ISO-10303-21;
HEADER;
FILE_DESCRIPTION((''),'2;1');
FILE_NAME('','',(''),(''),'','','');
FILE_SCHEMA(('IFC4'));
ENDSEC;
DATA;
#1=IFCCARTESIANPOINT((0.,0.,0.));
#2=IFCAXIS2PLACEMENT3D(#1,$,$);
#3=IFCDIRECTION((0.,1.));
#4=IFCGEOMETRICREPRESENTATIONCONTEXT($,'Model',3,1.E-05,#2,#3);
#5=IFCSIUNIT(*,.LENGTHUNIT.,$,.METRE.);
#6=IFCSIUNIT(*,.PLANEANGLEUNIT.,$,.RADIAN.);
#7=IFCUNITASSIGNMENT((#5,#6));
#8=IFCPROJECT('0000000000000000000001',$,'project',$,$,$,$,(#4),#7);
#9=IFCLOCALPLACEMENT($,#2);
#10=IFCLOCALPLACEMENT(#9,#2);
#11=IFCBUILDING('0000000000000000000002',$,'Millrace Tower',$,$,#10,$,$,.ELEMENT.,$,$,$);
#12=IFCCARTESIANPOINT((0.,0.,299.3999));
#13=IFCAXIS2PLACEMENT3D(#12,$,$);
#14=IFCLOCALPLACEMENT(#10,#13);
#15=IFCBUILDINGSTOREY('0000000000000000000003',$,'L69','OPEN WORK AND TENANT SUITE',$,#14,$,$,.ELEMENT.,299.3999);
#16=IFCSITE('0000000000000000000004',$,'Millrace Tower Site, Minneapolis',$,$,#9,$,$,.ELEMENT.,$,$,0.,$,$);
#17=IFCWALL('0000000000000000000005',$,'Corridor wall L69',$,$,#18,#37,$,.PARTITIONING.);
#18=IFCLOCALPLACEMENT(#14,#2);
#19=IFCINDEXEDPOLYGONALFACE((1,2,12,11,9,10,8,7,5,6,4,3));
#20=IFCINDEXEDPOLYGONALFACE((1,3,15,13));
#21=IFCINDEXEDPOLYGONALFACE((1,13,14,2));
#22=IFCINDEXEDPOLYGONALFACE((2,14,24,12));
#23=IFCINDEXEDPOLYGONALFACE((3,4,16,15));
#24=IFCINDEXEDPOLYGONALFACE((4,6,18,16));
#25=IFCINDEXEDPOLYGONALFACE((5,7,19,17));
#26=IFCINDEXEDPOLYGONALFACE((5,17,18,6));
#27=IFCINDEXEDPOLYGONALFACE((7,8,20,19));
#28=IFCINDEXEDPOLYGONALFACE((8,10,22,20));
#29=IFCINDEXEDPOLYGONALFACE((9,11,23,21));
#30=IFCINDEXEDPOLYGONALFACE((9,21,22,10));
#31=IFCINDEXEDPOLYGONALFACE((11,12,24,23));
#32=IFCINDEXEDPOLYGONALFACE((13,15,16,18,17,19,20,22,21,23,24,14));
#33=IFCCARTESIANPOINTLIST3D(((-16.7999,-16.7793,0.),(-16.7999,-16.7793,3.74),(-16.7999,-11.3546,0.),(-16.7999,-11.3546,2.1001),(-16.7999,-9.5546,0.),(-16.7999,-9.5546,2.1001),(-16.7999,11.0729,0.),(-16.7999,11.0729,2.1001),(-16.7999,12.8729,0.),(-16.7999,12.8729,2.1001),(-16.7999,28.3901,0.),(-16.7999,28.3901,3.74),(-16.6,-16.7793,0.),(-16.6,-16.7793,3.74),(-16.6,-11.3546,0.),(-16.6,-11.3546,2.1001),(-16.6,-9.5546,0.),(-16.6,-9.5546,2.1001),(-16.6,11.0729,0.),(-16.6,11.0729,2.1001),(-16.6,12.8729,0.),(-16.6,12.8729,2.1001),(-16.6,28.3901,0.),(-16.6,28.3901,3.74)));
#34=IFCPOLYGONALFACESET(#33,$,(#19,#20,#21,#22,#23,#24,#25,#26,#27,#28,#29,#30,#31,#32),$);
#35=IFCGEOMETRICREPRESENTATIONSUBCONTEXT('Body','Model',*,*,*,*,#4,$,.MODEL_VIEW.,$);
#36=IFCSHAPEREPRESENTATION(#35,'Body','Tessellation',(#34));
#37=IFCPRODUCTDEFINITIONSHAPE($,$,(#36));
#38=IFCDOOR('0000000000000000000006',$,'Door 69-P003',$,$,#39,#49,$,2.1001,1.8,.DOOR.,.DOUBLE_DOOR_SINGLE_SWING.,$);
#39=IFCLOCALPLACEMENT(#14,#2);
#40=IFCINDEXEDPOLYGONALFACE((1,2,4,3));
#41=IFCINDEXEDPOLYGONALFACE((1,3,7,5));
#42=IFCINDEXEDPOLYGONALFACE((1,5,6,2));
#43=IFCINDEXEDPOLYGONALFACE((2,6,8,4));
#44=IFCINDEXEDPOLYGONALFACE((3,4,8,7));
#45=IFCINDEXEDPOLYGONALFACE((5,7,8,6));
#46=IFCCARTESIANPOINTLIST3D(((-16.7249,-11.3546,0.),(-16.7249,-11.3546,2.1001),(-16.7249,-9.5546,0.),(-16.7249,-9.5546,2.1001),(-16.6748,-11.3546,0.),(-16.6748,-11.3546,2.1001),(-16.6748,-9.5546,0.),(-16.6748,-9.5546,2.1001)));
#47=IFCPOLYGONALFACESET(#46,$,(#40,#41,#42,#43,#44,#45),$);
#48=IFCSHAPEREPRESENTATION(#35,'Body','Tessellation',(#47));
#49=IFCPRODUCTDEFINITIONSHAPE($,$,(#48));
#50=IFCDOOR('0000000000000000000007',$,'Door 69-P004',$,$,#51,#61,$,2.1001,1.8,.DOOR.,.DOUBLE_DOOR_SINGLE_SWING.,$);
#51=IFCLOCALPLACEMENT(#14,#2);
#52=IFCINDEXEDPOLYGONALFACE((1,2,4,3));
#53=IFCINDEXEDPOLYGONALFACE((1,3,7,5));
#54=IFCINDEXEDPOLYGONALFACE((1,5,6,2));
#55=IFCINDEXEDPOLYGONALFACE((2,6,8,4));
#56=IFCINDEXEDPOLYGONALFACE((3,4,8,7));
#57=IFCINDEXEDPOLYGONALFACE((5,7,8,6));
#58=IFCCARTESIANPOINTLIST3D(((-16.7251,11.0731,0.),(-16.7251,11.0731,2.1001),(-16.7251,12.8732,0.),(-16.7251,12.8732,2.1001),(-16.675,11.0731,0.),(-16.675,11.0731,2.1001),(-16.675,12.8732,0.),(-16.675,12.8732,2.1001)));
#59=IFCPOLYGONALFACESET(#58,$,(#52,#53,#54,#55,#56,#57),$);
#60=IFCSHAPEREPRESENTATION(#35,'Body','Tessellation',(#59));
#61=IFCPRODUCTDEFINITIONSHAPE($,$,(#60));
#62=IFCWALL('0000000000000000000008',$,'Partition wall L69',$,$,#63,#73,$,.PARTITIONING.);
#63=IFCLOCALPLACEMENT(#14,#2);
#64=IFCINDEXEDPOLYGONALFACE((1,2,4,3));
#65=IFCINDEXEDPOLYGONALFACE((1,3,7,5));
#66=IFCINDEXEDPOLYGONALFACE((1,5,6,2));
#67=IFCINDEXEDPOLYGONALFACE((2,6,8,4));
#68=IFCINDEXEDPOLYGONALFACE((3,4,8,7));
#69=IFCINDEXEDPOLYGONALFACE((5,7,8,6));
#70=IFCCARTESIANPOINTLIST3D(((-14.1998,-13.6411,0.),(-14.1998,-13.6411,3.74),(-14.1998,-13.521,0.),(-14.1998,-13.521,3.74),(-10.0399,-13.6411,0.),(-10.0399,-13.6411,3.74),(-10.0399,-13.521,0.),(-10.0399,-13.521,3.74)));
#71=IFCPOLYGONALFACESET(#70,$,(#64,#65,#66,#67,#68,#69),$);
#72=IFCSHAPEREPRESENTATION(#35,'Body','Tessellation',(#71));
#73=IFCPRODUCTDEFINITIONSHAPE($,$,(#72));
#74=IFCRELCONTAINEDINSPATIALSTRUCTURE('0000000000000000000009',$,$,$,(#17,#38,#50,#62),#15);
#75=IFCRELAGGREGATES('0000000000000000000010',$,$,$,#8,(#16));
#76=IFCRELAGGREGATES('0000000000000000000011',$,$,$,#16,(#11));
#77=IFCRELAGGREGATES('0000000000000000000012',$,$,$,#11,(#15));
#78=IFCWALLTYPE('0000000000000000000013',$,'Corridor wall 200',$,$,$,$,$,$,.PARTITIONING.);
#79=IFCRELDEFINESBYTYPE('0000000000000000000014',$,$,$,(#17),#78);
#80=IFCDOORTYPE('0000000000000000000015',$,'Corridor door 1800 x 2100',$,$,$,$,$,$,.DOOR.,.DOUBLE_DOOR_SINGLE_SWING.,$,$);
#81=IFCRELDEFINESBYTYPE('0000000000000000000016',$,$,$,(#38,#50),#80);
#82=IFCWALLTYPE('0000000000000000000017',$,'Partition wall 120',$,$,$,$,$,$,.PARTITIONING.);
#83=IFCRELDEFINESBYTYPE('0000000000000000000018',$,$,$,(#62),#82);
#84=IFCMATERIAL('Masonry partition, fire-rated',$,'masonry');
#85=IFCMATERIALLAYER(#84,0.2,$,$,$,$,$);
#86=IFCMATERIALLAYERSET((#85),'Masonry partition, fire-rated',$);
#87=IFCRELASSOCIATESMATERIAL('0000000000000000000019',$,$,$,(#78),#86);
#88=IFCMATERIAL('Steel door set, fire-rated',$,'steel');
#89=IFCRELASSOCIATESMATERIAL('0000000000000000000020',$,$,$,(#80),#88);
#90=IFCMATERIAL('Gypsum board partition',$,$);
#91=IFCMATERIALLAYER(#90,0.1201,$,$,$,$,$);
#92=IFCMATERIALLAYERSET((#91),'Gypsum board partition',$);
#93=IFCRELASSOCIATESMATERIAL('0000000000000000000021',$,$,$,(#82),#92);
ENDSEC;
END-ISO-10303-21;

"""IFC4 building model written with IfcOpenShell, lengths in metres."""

from ifc_helpers import new_model, si_unit, direction, frame, frame_2d, origin, place, context, subcontext, project, spatial, rectangle, extrude, material, layer, layer_set, type_object, element, fill, save


model = new_model("IFC4")

# Units and contexts
model_context = context("Model", 3, precision=1e-05, world=origin(), true_north=direction((0.0, 1.0)))
body_context = subcontext(model_context, "Body", "Model", "MODEL_VIEW")
ifc_project = project(units=[si_unit("LENGTHUNIT", "METRE"), si_unit("PLANEANGLEUNIT", "RADIAN")], contexts=[model_context])

# Site, building, storey
site_placement = place(None, origin())
site = spatial("IfcSite", under=ifc_project, at=site_placement, Name="Millrace Tower Site, Minneapolis", CompositionType="ELEMENT", RefElevation=0.0)
building_placement = place(site_placement, origin())
building = spatial("IfcBuilding", under=site, at=building_placement, Name="Millrace Tower", CompositionType="ELEMENT")
storey_placement = place(building_placement, frame((0.0, 0.0, 299.3999)))
storey = spatial("IfcBuildingStorey", under=building, at=storey_placement, Name="L69", Description="OPEN WORK AND TENANT SUITE", CompositionType="ELEMENT", Elevation=299.3999)

# Shared definitions
ifc_material_1 = material(Name="Masonry partition, fire-rated", Category="masonry")
ifc_layer_1 = layer(ifc_material_1, 0.2)
ifc_layer_set_1 = layer_set([ifc_layer_1], Name="Masonry partition, fire-rated")
wall_type_1 = type_object("IfcWallType", Name="Corridor wall 200", PredefinedType="PARTITIONING", material=ifc_layer_set_1)

# Wall, openings, doors
ifc_material_2 = material(Name="Steel door set, fire-rated", Category="steel")
door_type_1 = type_object("IfcDoorType", Name="Corridor door 1800 x 2100", OperationType="DOUBLE_DOOR_SINGLE_SWING", PredefinedType="DOOR", material=ifc_material_2)
wall_1_placement = place(storey_placement, frame((-16.7, -16.7793, 0.0), z_axis=(0.0, 0.0, 1.0), x_axis=(0.0, 1.0, 0.0)))
wall_1 = element("IfcWall", 1, at=wall_1_placement, inside=storey, type_object=wall_type_1, Name="Corridor wall L69", PredefinedType="PARTITIONING", context=body_context, shape_type="SweptSolid", body=[
    extrude(rectangle(XDim=45.1694, YDim=0.2, at=frame_2d((22.5847, 0.0))), origin(), (0.0, 0.0, 1.0), 3.74),
])
opening_1_placement = place(wall_1_placement, frame((5.4248, 0.0, 0.0)))
opening_1 = element("IfcOpeningElement", 2, at=opening_1_placement, cuts=wall_1, PredefinedType="OPENING", context=body_context, shape_type="SweptSolid", body=[
    extrude(rectangle(XDim=1.8, YDim=2.1001, at=frame_2d((0.8999, 1.05))), frame((0.0, 0.1099, 0.0), z_axis=(0.0, -1.0, 0.0), x_axis=(1.0, 0.0, 0.0)), (0.0, 0.0, 1.0), 0.22),
])
opening_2_placement = place(wall_1_placement, frame((27.8523, 0.0, 0.0)))
opening_2 = element("IfcOpeningElement", 3, at=opening_2_placement, cuts=wall_1, PredefinedType="OPENING", context=body_context, shape_type="SweptSolid", body=[
    extrude(rectangle(XDim=1.8, YDim=2.1001, at=frame_2d((0.8999, 1.05))), frame((0.0, 0.1099, 0.0), z_axis=(0.0, -1.0, 0.0), x_axis=(1.0, 0.0, 0.0)), (0.0, 0.0, 1.0), 0.22),
])
door_1_placement = place(opening_1_placement, origin())
door_1 = element("IfcDoor", 4, at=door_1_placement, inside=storey, type_object=door_type_1, Name="Door 69-P003", OperationType="DOUBLE_DOOR_SINGLE_SWING", OverallHeight=2.1001, OverallWidth=1.8, PredefinedType="DOOR", context=body_context, shape_type="SweptSolid", body=[
    extrude(rectangle(XDim=1.8, YDim=2.1001, at=frame_2d((0.8999, 1.05))), frame((0.0, 0.0249, 0.0), z_axis=(0.0, -1.0, 0.0), x_axis=(1.0, 0.0, 0.0)), (0.0, 0.0, 1.0), 0.05),
])
fill(opening_1, door_1)
door_2_placement = place(opening_2_placement, frame((1.8, 0.0, 0.0), z_axis=(0.0, 0.0, 1.0), x_axis=(-1.0, 0.0, 0.0)))
door_2 = element("IfcDoor", 5, at=door_2_placement, inside=storey, type_object=door_type_1, Name="Door 69-P004", OperationType="DOUBLE_DOOR_SINGLE_SWING", OverallHeight=2.1001, OverallWidth=1.8, PredefinedType="DOOR", context=body_context, shape_type="SweptSolid", body=[
    extrude(rectangle(XDim=1.8, YDim=2.1001, at=frame_2d((0.8999, 1.05))), frame((0.0, 0.0249, 0.0), z_axis=(0.0, -1.0, 0.0), x_axis=(1.0, 0.0, 0.0)), (0.0, 0.0, 1.0), 0.05),
])
fill(opening_2, door_2)

# Wall
ifc_material_3 = material(Name="Gypsum board partition")
ifc_layer_2 = layer(ifc_material_3, 0.1201)
ifc_layer_set_2 = layer_set([ifc_layer_2], Name="Gypsum board partition")
wall_type_2 = type_object("IfcWallType", Name="Partition wall 120", PredefinedType="PARTITIONING", material=ifc_layer_set_2)
wall_2_placement = place(storey_placement, frame((-14.2, -13.5811, 0.0), z_axis=(0.0, 0.0, 1.0), x_axis=(1.0, 0.0, 0.0)))
element("IfcWall", 6, at=wall_2_placement, inside=storey, type_object=wall_type_2, Name="Partition wall L69", PredefinedType="PARTITIONING", context=body_context, shape_type="SweptSolid", body=[
    extrude(rectangle(XDim=4.1599, YDim=0.1201, at=frame_2d((2.0801, 0.0))), origin(), (0.0, 0.0, 1.0), 3.74),
])

save(model, "model.ifc")
